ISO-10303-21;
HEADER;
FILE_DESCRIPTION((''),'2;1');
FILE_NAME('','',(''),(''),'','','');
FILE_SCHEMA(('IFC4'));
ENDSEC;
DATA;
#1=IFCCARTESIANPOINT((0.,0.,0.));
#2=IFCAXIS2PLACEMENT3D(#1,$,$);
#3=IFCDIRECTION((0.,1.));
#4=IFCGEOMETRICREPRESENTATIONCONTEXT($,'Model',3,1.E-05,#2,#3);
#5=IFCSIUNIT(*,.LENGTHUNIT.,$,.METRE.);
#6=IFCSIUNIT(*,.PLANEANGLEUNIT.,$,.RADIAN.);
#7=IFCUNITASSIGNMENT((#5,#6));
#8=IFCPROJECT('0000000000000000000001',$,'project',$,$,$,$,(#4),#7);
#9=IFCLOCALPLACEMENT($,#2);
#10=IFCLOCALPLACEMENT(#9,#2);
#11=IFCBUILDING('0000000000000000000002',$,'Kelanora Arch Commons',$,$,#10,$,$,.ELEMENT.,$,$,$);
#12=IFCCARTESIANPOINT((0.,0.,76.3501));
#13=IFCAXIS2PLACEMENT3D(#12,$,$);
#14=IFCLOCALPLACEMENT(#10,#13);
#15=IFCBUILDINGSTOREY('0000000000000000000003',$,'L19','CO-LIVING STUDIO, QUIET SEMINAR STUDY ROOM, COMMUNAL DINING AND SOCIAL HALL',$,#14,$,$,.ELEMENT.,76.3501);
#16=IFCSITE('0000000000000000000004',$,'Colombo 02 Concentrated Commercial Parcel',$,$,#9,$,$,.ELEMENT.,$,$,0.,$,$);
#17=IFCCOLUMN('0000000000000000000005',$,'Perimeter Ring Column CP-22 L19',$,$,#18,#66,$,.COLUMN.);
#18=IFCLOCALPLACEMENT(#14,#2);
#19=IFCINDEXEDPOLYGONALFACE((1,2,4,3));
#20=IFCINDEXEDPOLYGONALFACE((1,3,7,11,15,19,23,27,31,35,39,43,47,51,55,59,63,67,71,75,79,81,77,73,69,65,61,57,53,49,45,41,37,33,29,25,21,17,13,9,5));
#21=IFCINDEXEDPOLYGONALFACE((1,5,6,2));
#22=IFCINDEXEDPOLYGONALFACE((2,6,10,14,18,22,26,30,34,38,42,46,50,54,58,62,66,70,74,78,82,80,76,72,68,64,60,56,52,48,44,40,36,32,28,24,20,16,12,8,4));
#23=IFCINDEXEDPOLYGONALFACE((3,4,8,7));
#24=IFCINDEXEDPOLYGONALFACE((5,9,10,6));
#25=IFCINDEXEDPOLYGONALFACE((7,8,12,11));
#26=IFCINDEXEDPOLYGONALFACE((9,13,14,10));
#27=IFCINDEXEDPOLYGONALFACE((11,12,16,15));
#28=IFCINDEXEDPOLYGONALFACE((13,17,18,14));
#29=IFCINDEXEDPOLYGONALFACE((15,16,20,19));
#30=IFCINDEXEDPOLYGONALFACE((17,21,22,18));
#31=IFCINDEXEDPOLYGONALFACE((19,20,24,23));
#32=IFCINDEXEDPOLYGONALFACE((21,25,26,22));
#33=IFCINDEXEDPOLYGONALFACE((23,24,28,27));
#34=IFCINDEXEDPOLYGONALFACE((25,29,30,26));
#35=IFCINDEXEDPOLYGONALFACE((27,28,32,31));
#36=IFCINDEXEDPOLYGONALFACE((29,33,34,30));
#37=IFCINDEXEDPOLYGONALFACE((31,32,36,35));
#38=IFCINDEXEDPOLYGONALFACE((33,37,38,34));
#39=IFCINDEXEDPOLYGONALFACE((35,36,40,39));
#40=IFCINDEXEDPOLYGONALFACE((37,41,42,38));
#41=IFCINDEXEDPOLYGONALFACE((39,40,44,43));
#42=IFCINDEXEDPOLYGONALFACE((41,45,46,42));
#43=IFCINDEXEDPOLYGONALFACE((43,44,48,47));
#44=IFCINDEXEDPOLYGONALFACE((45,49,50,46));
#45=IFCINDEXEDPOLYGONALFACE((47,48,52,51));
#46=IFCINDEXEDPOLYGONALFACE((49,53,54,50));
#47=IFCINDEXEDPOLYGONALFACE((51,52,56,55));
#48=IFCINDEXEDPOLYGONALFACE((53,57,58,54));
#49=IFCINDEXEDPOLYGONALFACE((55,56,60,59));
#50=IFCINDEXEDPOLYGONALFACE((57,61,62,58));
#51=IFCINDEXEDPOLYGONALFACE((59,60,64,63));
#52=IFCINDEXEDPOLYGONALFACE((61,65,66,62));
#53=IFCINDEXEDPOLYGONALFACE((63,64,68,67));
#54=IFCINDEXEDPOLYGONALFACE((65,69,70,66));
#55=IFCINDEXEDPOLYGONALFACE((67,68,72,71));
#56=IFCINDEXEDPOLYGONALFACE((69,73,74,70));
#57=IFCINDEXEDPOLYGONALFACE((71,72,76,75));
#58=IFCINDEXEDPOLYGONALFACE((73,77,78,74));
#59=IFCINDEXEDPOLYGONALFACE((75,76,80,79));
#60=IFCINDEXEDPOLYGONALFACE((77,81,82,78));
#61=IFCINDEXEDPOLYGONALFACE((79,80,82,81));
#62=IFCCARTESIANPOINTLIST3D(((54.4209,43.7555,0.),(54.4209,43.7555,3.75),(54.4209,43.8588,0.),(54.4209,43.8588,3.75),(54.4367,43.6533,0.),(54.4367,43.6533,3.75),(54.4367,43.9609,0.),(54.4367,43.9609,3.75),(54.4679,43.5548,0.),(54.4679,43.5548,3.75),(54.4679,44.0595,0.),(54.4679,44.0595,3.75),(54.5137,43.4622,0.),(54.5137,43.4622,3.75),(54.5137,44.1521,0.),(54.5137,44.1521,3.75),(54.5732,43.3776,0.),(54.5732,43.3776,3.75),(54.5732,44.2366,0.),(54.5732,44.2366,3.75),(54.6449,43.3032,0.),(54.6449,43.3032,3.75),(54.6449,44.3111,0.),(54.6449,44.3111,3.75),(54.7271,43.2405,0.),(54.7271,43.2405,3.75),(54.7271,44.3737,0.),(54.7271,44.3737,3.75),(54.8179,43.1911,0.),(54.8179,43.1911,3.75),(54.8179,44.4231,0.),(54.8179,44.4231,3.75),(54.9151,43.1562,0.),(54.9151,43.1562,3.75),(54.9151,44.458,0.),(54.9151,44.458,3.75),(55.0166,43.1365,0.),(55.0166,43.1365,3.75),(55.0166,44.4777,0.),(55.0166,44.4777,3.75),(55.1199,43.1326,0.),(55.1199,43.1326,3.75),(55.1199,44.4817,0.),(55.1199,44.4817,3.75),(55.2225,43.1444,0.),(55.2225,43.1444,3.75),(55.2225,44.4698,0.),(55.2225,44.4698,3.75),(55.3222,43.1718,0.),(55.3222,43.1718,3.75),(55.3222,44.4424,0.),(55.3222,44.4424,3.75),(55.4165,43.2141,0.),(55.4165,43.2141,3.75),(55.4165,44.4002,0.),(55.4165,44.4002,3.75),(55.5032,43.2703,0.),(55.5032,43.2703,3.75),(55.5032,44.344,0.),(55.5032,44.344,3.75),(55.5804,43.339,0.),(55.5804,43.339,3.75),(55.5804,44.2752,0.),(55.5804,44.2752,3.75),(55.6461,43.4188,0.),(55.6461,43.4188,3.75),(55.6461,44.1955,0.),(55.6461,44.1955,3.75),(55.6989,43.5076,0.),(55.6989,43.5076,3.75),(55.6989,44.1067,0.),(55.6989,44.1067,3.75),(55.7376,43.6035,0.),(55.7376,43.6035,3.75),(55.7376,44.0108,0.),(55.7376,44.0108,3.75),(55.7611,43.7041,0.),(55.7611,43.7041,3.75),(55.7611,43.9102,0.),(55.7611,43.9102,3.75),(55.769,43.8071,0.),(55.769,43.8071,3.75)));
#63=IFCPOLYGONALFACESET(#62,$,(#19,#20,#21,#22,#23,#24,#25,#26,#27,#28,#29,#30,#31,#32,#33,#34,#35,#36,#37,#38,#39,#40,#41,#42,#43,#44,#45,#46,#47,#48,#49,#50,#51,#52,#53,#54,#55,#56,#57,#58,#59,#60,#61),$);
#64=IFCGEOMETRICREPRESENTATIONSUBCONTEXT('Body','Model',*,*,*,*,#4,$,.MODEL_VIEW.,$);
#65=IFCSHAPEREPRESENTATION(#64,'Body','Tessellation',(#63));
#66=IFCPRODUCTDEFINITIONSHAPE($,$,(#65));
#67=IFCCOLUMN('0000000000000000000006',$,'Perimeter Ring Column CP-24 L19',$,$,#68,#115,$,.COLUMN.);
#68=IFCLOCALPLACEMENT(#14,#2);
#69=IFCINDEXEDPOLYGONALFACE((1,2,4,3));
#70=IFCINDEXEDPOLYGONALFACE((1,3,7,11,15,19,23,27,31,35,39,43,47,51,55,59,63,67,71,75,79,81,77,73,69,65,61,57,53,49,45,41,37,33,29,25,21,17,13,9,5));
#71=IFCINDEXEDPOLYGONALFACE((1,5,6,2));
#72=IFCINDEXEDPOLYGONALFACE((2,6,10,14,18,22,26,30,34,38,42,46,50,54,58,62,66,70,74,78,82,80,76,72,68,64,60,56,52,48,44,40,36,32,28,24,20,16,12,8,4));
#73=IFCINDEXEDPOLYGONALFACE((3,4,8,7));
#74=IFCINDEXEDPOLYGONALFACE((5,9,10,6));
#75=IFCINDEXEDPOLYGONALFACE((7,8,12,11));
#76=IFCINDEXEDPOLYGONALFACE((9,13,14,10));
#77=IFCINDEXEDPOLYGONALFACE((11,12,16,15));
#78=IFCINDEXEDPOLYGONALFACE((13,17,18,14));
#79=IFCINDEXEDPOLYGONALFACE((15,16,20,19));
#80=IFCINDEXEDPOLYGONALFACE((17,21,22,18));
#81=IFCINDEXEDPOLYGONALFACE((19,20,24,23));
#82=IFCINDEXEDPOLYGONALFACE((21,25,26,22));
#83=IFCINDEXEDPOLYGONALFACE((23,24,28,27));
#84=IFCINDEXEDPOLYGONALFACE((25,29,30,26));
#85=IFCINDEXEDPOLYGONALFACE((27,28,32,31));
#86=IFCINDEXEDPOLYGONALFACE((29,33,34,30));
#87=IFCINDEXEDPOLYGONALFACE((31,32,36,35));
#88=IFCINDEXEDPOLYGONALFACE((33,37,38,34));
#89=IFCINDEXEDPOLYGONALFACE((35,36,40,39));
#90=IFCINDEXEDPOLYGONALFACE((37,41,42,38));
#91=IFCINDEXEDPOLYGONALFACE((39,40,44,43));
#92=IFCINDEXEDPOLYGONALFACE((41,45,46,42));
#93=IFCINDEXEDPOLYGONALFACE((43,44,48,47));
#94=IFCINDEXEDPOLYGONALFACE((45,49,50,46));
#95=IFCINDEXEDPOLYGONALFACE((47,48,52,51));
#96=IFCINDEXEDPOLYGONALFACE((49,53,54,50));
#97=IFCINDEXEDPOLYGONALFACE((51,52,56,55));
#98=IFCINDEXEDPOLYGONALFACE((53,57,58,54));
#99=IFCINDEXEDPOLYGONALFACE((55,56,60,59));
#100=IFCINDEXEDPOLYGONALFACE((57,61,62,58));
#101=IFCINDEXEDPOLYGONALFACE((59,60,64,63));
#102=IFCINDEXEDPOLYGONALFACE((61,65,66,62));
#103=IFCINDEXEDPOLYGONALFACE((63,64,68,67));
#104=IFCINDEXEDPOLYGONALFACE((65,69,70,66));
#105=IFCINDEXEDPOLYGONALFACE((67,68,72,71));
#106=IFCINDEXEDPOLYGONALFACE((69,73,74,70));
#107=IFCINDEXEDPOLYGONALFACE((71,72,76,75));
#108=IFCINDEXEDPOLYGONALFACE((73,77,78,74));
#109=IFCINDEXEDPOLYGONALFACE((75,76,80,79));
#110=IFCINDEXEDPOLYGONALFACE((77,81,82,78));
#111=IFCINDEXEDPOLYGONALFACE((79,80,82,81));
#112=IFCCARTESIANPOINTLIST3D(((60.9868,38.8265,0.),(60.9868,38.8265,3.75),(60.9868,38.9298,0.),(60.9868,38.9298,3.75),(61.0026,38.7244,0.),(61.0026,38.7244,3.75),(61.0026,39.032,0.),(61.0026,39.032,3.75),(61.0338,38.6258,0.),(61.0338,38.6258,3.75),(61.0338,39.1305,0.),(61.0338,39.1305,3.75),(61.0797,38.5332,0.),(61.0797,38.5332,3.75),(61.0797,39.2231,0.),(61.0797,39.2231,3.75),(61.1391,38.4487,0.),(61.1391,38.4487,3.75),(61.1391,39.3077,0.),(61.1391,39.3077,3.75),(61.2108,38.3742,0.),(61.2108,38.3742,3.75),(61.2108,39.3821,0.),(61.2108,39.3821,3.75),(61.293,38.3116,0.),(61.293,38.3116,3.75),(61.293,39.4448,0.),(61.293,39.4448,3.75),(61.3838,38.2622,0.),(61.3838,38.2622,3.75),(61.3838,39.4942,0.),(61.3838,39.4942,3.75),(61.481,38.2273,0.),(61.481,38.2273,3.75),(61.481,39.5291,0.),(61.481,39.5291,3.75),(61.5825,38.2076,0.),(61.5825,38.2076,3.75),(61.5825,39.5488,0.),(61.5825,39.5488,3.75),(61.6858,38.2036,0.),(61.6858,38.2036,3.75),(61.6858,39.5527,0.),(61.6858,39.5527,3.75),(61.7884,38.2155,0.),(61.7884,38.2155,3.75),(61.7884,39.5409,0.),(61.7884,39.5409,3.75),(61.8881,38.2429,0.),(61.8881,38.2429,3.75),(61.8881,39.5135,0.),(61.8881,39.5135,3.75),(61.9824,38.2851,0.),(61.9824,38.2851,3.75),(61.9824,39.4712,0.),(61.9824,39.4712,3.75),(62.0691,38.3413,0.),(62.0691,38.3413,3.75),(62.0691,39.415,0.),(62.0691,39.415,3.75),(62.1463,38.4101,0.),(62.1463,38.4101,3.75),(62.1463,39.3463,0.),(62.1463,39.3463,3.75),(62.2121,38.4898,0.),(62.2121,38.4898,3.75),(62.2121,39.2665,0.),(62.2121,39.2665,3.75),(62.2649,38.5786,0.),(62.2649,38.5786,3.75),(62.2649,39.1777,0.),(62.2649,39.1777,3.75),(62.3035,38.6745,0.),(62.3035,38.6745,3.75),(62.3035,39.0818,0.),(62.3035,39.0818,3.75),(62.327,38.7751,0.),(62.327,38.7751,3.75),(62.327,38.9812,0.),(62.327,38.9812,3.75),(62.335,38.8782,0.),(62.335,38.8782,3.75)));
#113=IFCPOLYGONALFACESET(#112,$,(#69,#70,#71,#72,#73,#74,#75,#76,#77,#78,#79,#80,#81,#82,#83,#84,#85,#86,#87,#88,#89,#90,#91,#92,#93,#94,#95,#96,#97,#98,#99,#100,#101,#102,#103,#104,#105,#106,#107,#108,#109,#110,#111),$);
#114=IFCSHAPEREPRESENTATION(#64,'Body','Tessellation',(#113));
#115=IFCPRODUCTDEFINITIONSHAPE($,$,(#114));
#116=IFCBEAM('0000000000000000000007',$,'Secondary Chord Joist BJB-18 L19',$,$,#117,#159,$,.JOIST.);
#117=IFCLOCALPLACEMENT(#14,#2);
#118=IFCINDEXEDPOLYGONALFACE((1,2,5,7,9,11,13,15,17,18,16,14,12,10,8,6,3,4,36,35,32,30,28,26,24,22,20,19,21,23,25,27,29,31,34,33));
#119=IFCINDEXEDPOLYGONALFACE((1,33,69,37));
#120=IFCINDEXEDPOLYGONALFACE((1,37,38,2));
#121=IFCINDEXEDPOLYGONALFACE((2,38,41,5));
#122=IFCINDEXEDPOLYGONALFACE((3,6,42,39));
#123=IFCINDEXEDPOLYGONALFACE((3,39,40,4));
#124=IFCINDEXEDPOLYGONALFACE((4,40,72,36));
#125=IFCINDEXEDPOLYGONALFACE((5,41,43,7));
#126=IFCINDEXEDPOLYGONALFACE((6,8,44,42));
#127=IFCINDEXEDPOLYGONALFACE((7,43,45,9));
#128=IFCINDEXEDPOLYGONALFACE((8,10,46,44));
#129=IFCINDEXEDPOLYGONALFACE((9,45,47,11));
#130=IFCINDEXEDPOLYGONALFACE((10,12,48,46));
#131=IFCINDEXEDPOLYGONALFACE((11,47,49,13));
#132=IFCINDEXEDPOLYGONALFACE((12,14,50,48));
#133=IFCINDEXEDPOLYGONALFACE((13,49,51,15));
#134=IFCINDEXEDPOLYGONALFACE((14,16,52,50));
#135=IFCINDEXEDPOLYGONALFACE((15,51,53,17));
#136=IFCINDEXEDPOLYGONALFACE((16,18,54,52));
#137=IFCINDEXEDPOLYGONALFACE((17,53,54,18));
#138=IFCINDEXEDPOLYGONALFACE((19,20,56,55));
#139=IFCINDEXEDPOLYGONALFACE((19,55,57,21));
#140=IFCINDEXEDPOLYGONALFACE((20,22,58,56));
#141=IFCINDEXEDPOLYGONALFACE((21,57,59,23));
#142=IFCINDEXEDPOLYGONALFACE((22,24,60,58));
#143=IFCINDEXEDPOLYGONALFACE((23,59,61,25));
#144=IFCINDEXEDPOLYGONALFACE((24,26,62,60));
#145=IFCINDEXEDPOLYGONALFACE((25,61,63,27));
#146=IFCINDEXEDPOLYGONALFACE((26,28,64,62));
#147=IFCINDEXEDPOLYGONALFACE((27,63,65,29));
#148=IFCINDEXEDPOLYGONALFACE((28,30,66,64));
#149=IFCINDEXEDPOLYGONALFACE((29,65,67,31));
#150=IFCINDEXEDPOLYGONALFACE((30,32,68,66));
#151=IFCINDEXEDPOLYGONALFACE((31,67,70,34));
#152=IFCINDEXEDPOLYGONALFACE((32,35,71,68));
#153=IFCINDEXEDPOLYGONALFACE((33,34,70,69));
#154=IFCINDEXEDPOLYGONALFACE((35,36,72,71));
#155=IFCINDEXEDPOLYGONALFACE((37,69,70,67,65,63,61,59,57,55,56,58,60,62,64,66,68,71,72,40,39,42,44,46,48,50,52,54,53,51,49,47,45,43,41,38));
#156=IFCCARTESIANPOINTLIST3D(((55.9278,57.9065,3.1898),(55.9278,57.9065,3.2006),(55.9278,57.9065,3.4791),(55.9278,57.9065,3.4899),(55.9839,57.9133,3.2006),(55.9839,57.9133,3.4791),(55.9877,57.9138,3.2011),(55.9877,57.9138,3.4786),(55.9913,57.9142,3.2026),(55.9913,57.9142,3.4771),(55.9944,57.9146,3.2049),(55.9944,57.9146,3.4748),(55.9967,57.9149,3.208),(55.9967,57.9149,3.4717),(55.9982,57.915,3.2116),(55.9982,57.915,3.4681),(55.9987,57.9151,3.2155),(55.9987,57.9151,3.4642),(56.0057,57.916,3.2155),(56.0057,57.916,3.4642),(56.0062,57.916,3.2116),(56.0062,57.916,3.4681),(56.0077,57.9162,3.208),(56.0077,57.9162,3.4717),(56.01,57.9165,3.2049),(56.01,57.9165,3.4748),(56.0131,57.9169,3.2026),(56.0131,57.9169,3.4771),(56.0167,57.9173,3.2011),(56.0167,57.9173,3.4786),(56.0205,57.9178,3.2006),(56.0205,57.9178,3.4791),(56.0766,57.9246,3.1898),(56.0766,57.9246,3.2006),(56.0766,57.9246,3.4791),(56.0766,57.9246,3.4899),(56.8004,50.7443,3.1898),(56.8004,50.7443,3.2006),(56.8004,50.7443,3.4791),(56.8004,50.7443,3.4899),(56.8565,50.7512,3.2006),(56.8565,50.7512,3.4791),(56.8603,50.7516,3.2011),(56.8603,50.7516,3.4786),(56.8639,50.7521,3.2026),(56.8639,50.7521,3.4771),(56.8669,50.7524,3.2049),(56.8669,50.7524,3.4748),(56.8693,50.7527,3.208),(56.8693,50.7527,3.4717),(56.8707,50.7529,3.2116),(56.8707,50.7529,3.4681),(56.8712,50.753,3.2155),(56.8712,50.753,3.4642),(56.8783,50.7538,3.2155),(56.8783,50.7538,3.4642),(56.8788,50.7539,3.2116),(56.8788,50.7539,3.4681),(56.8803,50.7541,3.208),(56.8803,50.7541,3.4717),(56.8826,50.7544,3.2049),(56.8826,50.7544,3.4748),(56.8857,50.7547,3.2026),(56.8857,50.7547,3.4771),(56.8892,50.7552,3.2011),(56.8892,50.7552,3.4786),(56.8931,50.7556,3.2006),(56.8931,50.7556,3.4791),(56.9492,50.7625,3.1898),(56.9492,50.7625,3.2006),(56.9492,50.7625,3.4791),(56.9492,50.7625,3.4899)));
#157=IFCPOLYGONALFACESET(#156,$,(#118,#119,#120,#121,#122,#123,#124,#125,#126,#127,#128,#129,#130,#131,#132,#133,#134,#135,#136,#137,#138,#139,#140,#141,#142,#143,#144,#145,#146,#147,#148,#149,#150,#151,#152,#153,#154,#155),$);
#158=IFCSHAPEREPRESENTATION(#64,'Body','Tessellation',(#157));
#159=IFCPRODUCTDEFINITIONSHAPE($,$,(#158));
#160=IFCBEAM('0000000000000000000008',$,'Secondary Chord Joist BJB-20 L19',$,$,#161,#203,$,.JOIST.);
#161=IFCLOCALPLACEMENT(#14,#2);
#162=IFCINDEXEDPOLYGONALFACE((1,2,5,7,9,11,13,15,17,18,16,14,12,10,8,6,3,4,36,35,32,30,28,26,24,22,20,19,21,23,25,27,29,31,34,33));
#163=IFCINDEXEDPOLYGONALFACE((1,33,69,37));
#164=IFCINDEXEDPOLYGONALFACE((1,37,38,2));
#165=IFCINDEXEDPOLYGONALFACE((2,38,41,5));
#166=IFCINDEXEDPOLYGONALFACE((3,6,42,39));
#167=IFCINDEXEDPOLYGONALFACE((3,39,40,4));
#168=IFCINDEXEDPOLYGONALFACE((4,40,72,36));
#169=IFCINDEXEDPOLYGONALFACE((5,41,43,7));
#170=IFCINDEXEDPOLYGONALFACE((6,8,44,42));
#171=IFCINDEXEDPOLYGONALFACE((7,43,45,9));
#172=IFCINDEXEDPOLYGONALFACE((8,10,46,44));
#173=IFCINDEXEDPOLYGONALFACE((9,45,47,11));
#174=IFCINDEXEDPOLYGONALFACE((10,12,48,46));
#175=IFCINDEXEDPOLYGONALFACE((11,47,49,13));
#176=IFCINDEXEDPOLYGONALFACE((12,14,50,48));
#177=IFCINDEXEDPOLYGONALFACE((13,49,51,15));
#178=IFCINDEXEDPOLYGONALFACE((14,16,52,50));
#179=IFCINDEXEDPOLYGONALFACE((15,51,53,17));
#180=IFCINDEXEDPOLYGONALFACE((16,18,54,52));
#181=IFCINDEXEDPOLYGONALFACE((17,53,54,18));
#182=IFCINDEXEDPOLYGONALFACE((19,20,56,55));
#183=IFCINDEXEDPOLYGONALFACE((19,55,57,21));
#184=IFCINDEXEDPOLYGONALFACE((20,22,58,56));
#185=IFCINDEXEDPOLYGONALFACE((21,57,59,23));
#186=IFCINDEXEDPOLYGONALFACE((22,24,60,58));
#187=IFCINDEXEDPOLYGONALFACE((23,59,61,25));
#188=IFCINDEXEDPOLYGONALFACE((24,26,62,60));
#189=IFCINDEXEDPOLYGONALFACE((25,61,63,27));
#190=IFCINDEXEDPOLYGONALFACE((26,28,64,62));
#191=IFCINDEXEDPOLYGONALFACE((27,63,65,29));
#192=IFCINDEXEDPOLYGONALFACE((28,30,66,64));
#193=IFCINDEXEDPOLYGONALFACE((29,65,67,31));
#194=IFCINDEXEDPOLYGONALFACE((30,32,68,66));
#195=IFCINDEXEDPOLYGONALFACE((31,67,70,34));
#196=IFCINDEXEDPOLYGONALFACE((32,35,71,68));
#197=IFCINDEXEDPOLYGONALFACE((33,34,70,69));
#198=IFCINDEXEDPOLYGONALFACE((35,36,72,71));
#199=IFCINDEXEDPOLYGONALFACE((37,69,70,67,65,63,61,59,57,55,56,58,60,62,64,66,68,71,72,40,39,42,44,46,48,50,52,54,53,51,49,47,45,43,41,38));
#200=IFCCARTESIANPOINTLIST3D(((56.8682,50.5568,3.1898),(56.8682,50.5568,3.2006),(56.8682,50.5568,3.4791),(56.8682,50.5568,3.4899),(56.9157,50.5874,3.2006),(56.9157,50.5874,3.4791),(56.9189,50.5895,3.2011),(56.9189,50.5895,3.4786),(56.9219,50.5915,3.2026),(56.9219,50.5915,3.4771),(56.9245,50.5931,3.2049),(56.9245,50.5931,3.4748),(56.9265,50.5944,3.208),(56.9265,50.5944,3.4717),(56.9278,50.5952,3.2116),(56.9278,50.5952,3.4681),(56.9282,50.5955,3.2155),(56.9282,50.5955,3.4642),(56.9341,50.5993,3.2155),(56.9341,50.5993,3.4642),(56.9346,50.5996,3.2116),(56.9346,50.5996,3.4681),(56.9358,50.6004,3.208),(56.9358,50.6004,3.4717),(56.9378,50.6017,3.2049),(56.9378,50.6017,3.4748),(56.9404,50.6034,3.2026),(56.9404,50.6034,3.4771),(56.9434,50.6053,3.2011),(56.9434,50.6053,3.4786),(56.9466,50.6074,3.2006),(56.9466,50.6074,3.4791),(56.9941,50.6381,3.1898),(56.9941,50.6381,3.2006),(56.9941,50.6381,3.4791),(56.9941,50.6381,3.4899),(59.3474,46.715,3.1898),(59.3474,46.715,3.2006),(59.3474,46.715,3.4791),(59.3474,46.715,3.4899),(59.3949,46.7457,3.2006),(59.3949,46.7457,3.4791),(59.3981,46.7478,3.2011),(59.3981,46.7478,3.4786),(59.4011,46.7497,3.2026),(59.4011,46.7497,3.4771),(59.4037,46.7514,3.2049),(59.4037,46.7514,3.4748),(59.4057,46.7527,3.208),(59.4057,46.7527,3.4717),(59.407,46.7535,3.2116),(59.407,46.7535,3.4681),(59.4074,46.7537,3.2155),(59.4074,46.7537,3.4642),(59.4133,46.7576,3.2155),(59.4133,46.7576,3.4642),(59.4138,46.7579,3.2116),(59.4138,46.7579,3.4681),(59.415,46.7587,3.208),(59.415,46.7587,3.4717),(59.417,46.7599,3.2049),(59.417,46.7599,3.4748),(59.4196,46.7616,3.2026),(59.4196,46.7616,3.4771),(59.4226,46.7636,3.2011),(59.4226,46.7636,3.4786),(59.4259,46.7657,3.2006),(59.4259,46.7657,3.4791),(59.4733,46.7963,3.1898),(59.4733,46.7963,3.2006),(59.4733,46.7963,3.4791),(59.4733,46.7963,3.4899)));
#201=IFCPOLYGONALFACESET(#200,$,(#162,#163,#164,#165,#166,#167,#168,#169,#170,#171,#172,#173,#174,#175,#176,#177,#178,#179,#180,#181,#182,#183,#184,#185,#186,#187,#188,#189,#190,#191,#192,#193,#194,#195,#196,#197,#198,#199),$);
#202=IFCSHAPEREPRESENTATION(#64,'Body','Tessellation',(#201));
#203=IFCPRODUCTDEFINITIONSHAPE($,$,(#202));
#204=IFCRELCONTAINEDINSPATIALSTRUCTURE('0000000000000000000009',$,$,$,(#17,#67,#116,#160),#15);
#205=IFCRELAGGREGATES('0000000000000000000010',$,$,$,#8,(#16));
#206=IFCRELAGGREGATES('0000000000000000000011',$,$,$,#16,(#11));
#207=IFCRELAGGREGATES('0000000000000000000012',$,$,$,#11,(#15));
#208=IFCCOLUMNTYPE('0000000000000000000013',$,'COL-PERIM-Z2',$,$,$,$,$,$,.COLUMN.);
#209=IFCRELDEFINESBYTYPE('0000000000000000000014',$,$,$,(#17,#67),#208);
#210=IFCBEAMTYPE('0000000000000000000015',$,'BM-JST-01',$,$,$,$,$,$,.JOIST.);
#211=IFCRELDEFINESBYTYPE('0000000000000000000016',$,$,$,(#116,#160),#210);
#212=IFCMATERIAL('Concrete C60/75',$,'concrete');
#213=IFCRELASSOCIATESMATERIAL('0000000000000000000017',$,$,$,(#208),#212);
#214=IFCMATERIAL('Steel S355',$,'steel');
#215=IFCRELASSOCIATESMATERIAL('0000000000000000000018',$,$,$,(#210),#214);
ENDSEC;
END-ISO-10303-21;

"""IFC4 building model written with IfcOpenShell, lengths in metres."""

from ifc_helpers import new_model, si_unit, direction, frame, origin, origin_2d, place, context, subcontext, project, spatial, circle, i_section, extrude, material, material_profile, profile_set, type_object, element, save


model = new_model("IFC4")

# Units and contexts
model_context = context("Model", 3, precision=1e-05, world=origin(), true_north=direction((0.0, 1.0)))
body_context = subcontext(model_context, "Body", "Model", "MODEL_VIEW")
ifc_project = project(units=[si_unit("LENGTHUNIT", "METRE"), si_unit("PLANEANGLEUNIT", "RADIAN")], contexts=[model_context])

# Site, building, storey
site_placement = place(None, origin())
site = spatial("IfcSite", under=ifc_project, at=site_placement, Name="Colombo 02 Concentrated Commercial Parcel", CompositionType="ELEMENT", RefElevation=0.0)
building_placement = place(site_placement, origin())
building = spatial("IfcBuilding", under=site, at=building_placement, Name="Kelanora Arch Commons", CompositionType="ELEMENT")
storey_placement = place(building_placement, frame((0.0, 0.0, 76.3501)))
storey = spatial("IfcBuildingStorey", under=building, at=storey_placement, Name="L19", Description="CO-LIVING STUDIO, QUIET SEMINAR STUDY ROOM, COMMUNAL DINING AND SOCIAL HALL", CompositionType="ELEMENT", Elevation=76.3501)

# Columns
ifc_material_1 = material(Name="Concrete C60/75", Category="concrete")
ifc_material_profile_1 = material_profile(ifc_material_1, circle(Radius=0.675, at=origin_2d()), Name="RCC1350")
ifc_profile_set_1 = profile_set([ifc_material_profile_1], Name="Concrete C60/75")
column_type = type_object("IfcColumnType", Name="COL-PERIM-Z2", PredefinedType="COLUMN", material=ifc_profile_set_1)
for number, where, z_axis, x_axis, name in (
    (1, (55.094, 43.8071, 0.0), (0.0, 0.0, 1.0), (1.0, 0.0, 0.0), "Perimeter Ring Column CP-22 L19"),
    (2, (61.6599, 38.8782, 0.0), (0.0, 0.0, 1.0), (1.0, 0.0, 0.0), "Perimeter Ring Column CP-24 L19"),
):
    element("IfcColumn", number, at=place(storey_placement, frame(where, z_axis=z_axis, x_axis=x_axis)), inside=storey, type_object=column_type, Name=name, PredefinedType="COLUMN", context=body_context, shape_type="SweptSolid", body=[
        extrude(circle(Radius=0.675, at=origin_2d()), origin(), (0.0, 0.0, 1.0), 3.75),
    ])

# Beams
ifc_material_2 = material(Name="Steel S355", Category="steel")
ifc_material_profile_2 = material_profile(ifc_material_2, i_section(OverallWidth=0.1499, OverallDepth=0.3, WebThickness=0.0071, FlangeThickness=0.0107, FilletRadius=0.0149, at=origin_2d()), Name="IPE300")
ifc_profile_set_2 = profile_set([ifc_material_profile_2], Name="Steel S355")
beam_type_1 = type_object("IfcBeamType", Name="BM-JST-01", PredefinedType="JOIST", material=ifc_profile_set_2)
beam_1_placement = place(storey_placement, frame((56.0022, 57.9155, 3.3398), z_axis=(0.120936, -0.99266, 0.0), x_axis=(0.99266, 0.120936, 0.0)))
element("IfcBeam", 3, at=beam_1_placement, inside=storey, type_object=beam_type_1, Name="Secondary Chord Joist BJB-18 L19", PredefinedType="JOIST", context=body_context, shape_type="SweptSolid", body=[
    extrude(i_section(OverallWidth=0.1499, OverallDepth=0.3, WebThickness=0.0071, FlangeThickness=0.0107, FilletRadius=0.0149, at=origin_2d()), origin(), (0.0, 0.0, 1.0), 7.2151),
])
beam_2_placement = place(storey_placement, frame((56.9312, 50.5974, 3.3398), z_axis=(0.54223, -0.84023, 0.0), x_axis=(0.84023, 0.54223, 0.0)))
element("IfcBeam", 4, at=beam_2_placement, inside=storey, type_object=beam_type_1, Name="Secondary Chord Joist BJB-20 L19", PredefinedType="JOIST", context=body_context, shape_type="SweptSolid", body=[
    extrude(i_section(OverallWidth=0.1499, OverallDepth=0.3, WebThickness=0.0071, FlangeThickness=0.0107, FilletRadius=0.0149, at=origin_2d()), origin(), (0.0, 0.0, 1.0), 4.5723),
])

save(model, "model.ifc")
